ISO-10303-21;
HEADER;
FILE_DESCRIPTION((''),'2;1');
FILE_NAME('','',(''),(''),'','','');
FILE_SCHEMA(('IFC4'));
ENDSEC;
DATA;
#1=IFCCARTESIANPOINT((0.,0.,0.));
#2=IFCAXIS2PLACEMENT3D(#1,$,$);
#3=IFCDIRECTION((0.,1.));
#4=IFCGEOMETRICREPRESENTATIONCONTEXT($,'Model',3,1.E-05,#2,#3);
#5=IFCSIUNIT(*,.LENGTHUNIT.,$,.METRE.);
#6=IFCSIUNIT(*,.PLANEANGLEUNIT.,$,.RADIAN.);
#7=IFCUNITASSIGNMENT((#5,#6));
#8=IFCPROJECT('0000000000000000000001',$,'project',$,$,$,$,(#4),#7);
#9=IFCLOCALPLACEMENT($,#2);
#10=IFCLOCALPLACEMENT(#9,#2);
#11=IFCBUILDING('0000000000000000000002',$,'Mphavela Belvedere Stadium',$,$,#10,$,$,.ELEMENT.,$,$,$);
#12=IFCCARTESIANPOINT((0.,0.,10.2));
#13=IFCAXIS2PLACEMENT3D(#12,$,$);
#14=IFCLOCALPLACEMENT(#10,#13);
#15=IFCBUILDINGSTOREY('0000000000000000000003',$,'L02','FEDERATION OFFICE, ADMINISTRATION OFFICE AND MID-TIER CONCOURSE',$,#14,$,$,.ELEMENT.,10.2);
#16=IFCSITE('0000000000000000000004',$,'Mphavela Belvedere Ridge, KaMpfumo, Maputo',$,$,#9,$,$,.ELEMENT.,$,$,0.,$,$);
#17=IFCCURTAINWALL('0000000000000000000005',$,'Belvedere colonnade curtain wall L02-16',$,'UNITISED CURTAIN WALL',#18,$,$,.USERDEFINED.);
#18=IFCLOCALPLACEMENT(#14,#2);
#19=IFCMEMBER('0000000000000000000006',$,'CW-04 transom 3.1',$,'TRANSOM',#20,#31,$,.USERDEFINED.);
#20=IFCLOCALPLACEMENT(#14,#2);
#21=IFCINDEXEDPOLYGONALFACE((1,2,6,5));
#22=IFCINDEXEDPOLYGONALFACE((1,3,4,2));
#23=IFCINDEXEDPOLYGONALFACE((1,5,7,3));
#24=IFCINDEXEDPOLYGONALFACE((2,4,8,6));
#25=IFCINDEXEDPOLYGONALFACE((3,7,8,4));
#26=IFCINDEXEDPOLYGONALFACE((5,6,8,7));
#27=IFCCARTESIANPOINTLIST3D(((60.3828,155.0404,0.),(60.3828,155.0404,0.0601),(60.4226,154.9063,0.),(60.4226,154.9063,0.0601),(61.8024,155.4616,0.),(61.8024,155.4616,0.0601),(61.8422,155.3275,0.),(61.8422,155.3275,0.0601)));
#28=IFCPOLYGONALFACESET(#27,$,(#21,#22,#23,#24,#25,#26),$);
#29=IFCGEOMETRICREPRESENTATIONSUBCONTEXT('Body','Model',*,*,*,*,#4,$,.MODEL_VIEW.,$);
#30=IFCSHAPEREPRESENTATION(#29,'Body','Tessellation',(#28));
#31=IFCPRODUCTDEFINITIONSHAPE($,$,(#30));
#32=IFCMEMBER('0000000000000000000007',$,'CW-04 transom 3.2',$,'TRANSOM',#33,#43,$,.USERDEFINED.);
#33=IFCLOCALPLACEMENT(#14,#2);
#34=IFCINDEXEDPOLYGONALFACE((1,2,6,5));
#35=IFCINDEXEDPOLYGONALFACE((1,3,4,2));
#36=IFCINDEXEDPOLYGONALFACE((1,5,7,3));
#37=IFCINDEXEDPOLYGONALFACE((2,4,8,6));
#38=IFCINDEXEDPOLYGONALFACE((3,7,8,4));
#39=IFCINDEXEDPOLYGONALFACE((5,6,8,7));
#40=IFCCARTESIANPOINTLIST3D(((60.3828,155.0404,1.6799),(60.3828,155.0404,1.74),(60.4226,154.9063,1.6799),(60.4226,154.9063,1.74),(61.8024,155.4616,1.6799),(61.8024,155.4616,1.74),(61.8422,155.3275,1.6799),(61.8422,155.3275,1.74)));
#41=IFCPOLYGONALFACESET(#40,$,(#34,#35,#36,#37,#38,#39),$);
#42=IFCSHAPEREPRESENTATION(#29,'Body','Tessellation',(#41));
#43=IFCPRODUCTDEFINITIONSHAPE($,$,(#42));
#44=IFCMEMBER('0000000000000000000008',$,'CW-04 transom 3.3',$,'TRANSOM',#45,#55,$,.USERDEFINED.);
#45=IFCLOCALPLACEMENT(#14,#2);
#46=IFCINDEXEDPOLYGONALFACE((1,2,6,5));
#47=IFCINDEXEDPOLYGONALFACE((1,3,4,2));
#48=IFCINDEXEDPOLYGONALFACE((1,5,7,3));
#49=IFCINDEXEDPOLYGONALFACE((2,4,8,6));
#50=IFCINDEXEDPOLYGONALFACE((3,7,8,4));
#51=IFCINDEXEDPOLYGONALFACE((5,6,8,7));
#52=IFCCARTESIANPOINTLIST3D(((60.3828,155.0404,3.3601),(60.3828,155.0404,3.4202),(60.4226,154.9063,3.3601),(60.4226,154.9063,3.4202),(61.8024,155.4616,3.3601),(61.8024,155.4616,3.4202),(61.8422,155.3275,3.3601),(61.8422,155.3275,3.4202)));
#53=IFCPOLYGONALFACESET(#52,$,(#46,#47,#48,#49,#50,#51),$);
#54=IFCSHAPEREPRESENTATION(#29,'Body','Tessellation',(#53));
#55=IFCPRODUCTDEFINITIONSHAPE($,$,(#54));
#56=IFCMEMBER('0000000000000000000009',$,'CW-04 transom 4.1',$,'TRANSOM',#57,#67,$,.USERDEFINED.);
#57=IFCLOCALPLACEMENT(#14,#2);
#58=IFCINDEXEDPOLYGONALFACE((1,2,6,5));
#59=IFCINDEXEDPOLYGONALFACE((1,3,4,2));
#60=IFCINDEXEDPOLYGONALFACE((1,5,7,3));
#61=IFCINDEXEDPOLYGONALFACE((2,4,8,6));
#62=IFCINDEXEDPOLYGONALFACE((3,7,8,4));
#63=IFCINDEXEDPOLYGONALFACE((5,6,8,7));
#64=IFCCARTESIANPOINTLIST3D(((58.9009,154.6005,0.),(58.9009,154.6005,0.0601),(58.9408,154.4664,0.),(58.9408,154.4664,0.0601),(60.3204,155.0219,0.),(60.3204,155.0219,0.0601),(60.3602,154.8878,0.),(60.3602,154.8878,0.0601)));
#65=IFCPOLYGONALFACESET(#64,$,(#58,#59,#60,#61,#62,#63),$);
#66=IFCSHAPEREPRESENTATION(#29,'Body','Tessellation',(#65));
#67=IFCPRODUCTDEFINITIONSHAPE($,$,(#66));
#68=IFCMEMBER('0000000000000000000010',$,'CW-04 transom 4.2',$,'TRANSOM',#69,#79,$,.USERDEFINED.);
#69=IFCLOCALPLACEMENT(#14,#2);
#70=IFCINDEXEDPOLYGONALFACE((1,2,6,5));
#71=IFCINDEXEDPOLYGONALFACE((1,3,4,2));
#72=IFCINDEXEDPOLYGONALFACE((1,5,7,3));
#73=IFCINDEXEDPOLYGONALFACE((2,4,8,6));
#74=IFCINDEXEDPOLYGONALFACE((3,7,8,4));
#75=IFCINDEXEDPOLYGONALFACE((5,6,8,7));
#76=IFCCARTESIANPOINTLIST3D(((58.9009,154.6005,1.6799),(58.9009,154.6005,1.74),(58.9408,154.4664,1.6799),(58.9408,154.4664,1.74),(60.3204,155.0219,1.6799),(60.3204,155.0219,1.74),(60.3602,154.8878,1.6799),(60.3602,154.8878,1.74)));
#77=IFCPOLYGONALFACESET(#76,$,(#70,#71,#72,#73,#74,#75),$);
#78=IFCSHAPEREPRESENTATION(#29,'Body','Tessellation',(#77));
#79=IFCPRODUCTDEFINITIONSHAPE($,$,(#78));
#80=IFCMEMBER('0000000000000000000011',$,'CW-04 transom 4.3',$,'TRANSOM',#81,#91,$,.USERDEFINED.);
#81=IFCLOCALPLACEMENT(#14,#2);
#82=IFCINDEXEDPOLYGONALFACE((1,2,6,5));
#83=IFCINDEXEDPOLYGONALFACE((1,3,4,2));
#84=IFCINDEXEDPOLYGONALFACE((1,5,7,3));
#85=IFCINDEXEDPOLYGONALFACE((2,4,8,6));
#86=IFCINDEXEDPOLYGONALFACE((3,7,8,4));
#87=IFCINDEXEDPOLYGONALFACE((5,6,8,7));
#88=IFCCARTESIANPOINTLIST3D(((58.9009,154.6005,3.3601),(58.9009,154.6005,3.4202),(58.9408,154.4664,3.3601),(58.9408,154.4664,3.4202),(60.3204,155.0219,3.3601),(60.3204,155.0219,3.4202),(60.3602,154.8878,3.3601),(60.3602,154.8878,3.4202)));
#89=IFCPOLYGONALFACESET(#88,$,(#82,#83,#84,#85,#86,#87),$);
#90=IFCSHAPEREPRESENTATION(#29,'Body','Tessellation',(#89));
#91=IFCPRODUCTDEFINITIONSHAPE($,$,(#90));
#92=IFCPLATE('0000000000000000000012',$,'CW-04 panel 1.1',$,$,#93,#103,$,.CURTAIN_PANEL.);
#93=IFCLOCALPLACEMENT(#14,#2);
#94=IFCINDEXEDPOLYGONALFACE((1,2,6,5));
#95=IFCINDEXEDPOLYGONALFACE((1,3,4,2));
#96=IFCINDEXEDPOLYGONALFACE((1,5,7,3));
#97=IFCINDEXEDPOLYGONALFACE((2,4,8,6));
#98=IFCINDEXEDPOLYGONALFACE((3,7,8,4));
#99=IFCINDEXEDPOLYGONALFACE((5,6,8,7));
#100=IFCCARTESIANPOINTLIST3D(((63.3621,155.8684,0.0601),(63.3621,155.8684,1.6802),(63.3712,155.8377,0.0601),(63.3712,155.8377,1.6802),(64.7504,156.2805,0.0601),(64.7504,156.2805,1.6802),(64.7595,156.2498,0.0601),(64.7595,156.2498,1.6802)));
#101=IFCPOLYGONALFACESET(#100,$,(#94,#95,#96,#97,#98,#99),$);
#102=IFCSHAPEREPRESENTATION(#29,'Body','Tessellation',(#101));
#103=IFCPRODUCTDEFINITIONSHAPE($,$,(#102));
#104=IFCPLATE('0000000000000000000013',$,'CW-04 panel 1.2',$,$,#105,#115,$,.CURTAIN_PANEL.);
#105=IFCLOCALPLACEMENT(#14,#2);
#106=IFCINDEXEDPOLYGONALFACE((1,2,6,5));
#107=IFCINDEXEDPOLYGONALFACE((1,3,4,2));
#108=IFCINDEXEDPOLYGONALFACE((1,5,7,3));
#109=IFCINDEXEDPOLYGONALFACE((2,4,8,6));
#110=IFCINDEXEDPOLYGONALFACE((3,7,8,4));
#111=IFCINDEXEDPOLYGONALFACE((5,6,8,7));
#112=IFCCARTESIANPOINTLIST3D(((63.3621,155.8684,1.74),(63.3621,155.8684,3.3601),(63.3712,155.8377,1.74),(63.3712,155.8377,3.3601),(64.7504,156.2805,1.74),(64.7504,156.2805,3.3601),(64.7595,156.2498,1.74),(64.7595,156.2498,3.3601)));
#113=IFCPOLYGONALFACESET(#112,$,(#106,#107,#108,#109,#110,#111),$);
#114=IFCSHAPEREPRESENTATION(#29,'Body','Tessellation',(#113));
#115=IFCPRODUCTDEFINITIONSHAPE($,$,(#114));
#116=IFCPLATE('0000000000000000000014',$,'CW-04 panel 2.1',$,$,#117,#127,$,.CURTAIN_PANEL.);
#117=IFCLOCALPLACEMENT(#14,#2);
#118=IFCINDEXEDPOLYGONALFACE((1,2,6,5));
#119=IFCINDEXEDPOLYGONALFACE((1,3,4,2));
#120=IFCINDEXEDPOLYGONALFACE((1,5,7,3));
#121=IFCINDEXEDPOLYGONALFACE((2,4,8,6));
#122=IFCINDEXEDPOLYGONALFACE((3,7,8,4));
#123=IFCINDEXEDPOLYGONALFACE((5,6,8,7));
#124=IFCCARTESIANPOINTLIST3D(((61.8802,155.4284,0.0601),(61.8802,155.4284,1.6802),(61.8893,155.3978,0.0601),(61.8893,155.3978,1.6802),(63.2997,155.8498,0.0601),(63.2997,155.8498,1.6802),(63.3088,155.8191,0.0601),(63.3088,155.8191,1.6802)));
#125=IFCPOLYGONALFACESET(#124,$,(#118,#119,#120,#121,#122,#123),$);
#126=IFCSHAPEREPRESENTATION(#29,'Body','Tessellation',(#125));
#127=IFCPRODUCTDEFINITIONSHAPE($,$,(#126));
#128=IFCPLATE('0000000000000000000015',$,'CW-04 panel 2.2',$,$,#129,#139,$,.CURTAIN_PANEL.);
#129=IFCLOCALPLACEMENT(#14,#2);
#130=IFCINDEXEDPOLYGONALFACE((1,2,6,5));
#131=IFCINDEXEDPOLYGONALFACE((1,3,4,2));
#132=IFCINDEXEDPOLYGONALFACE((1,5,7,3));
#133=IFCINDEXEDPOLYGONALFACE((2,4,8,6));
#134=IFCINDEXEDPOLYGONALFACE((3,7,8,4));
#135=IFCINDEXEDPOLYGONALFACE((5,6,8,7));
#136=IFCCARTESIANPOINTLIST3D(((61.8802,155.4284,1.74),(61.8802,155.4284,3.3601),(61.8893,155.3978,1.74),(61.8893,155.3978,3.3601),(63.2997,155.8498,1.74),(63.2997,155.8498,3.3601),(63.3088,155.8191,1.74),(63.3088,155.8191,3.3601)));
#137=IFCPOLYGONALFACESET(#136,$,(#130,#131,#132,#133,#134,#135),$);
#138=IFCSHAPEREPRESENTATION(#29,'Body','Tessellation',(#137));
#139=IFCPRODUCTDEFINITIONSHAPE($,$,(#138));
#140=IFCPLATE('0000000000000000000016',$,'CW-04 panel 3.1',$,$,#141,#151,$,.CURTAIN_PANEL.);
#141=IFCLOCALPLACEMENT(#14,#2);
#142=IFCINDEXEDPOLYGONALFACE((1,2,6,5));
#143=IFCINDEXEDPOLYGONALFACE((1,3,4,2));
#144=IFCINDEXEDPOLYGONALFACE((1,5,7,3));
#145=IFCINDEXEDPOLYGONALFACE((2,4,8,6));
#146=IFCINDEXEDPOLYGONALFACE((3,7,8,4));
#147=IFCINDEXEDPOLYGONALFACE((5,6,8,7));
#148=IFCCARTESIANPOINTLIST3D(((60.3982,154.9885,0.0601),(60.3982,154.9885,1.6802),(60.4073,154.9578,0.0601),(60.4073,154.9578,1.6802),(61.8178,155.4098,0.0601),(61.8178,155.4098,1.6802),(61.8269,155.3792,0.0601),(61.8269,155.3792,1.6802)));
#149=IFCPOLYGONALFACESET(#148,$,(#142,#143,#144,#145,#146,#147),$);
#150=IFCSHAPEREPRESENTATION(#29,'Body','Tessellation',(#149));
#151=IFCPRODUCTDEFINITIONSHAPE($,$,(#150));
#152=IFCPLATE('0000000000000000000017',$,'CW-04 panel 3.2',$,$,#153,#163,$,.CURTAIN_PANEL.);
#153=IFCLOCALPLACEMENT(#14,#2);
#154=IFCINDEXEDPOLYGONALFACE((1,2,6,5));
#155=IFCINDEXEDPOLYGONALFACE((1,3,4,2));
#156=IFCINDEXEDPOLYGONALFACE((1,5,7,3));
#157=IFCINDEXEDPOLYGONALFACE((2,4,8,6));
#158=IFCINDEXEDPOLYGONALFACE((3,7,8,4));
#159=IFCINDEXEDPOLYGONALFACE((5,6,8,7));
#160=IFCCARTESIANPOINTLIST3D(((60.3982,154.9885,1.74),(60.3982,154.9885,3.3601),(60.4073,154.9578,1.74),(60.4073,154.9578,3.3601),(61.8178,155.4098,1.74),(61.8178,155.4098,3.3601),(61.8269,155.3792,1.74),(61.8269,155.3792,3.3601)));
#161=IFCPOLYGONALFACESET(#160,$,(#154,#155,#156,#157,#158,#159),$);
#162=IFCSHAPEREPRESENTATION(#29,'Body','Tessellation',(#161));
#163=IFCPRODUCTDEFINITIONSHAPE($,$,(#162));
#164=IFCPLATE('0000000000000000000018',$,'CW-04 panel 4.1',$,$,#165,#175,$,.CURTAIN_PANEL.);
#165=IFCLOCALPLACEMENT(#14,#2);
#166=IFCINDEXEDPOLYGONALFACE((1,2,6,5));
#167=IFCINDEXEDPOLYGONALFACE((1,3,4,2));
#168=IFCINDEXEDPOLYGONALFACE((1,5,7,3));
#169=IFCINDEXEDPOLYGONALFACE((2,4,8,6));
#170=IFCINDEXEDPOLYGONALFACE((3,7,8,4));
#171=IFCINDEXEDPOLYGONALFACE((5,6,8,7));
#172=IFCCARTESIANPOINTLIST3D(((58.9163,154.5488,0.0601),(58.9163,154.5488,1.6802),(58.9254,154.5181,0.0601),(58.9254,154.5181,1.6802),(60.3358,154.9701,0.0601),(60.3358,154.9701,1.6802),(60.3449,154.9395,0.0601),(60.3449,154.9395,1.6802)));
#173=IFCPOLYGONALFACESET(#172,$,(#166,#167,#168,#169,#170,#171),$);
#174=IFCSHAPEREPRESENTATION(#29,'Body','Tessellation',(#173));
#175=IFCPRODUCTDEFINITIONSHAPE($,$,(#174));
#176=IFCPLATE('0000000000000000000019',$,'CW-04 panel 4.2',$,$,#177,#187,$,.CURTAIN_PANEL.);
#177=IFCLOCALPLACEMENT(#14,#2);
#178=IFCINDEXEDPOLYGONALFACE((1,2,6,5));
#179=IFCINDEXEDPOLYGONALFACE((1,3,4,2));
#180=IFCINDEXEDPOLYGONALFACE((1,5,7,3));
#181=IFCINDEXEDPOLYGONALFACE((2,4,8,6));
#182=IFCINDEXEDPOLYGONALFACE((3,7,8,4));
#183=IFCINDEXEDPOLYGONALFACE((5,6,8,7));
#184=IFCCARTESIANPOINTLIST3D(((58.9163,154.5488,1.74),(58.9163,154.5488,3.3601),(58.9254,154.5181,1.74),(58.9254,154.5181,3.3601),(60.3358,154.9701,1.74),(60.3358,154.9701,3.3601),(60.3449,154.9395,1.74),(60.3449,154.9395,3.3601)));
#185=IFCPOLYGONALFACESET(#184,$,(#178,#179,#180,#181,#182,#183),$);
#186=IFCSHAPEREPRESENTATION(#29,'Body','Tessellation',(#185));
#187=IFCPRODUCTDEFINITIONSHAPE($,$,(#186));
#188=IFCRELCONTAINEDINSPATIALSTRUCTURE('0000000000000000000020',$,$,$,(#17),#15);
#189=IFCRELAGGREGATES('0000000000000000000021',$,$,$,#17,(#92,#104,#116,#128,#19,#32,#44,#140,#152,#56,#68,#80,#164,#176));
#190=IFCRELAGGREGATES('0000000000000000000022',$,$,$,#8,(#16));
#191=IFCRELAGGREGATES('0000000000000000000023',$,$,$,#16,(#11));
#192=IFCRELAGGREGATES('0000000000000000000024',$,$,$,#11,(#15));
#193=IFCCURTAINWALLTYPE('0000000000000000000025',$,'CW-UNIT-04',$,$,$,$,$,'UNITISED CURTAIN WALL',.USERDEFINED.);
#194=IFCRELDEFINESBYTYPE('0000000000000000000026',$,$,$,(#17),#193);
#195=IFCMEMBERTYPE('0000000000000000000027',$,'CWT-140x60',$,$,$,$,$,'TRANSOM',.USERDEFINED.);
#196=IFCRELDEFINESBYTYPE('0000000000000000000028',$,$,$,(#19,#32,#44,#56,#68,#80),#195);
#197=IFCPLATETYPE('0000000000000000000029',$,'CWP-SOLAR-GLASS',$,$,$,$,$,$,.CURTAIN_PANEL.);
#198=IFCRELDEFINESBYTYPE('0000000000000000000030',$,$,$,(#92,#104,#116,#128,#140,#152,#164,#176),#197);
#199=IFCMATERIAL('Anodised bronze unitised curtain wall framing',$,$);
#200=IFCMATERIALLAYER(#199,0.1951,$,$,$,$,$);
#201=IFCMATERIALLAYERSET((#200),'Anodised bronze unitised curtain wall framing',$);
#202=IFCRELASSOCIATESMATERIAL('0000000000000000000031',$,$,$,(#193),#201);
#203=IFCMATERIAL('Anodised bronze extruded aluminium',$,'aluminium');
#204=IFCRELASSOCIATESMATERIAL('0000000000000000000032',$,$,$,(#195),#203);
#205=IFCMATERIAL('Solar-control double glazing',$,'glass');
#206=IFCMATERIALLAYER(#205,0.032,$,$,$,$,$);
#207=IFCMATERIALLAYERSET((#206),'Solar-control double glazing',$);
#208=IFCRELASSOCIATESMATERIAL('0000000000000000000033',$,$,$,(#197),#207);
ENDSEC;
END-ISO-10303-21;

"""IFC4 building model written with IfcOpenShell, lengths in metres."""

from ifc_helpers import new_model, si_unit, direction, frame, origin, origin_2d, place, context, subcontext, project, spatial, rectangle, extrude, material, layer, layer_set, material_profile, profile_set, type_object, element, aggregate, save


model = new_model("IFC4")

# Units and contexts
model_context = context("Model", 3, precision=1e-05, world=origin(), true_north=direction((0.0, 1.0)))
body_context = subcontext(model_context, "Body", "Model", "MODEL_VIEW")
ifc_project = project(units=[si_unit("LENGTHUNIT", "METRE"), si_unit("PLANEANGLEUNIT", "RADIAN")], contexts=[model_context])

# Site, building, storey
site_placement = place(None, origin())
site = spatial("IfcSite", under=ifc_project, at=site_placement, Name="Mphavela Belvedere Ridge, KaMpfumo, Maputo", CompositionType="ELEMENT", RefElevation=0.0)
building_placement = place(site_placement, origin())
building = spatial("IfcBuilding", under=site, at=building_placement, Name="Mphavela Belvedere Stadium", CompositionType="ELEMENT")
storey_placement = place(building_placement, frame((0.0, 0.0, 10.2)))
storey = spatial("IfcBuildingStorey", under=building, at=storey_placement, Name="L02", Description="FEDERATION OFFICE, ADMINISTRATION OFFICE AND MID-TIER CONCOURSE", CompositionType="ELEMENT", Elevation=10.2)

# Curtain wall, members, plates
ifc_material_1 = material(Name="Anodised bronze unitised curtain wall framing")
ifc_layer_1 = layer(ifc_material_1, 0.1951)
ifc_layer_set_1 = layer_set([ifc_layer_1], Name="Anodised bronze unitised curtain wall framing")
curtain_wall_type = type_object("IfcCurtainWallType", Name="CW-UNIT-04", ElementType="UNITISED CURTAIN WALL", PredefinedType="USERDEFINED", material=ifc_layer_set_1)
curtain_wall_placement = place(storey_placement, origin())
curtain_wall = element("IfcCurtainWall", 1, at=curtain_wall_placement, inside=storey, type_object=curtain_wall_type, Name="Belvedere colonnade curtain wall L02-16", ObjectType="UNITISED CURTAIN WALL", PredefinedType="USERDEFINED")
ifc_material_2 = material(Name="Anodised bronze extruded aluminium", Category="aluminium")
ifc_material_profile_1 = material_profile(ifc_material_2, rectangle(XDim=0.1399, YDim=0.0601, at=origin_2d()), Name="CW-TRN 140x60")
ifc_profile_set_1 = profile_set([ifc_material_profile_1], Name="Anodised bronze extruded aluminium")
member_type_1 = type_object("IfcMemberType", Name="CWT-140x60", ElementType="TRANSOM", PredefinedType="USERDEFINED", material=ifc_profile_set_1)
member_1_placement = place(storey_placement, frame((61.8223, 155.3945, 0.03), z_axis=(-0.958693, -0.284442, 0.0), x_axis=(0.284442, -0.958693, 0.0)))
member_1 = element("IfcMember", 2, at=member_1_placement, type_object=member_type_1, Name="CW-04 transom 3.1", ObjectType="TRANSOM", PredefinedType="USERDEFINED", context=body_context, shape_type="SweptSolid", body=[
    extrude(rectangle(XDim=0.1399, YDim=0.0601, at=origin_2d()), origin(), (0.0, 0.0, 1.0), 1.4807),
])
member_2_placement = place(storey_placement, frame((61.8223, 155.3945, 1.71), z_axis=(-0.958693, -0.284442, 0.0), x_axis=(0.284442, -0.958693, 0.0)))
member_2 = element("IfcMember", 3, at=member_2_placement, type_object=member_type_1, Name="CW-04 transom 3.2", ObjectType="TRANSOM", PredefinedType="USERDEFINED", context=body_context, shape_type="SweptSolid", body=[
    extrude(rectangle(XDim=0.1399, YDim=0.0601, at=origin_2d()), origin(), (0.0, 0.0, 1.0), 1.4807),
])
member_3_placement = place(storey_placement, frame((61.8223, 155.3945, 3.3901), z_axis=(-0.958693, -0.284442, 0.0), x_axis=(0.284442, -0.958693, 0.0)))
member_3 = element("IfcMember", 4, at=member_3_placement, type_object=member_type_1, Name="CW-04 transom 3.3", ObjectType="TRANSOM", PredefinedType="USERDEFINED", context=body_context, shape_type="SweptSolid", body=[
    extrude(rectangle(XDim=0.1399, YDim=0.0601, at=origin_2d()), origin(), (0.0, 0.0, 1.0), 1.4807),
])
member_4_placement = place(storey_placement, frame((60.3403, 154.9548, 0.03), z_axis=(-0.958648, -0.284594, 0.0), x_axis=(0.284594, -0.958648, 0.0)))
member_4 = element("IfcMember", 5, at=member_4_placement, type_object=member_type_1, Name="CW-04 transom 4.1", ObjectType="TRANSOM", PredefinedType="USERDEFINED", context=body_context, shape_type="SweptSolid", body=[
    extrude(rectangle(XDim=0.1399, YDim=0.0601, at=origin_2d()), origin(), (0.0, 0.0, 1.0), 1.4807),
])
member_5_placement = place(storey_placement, frame((60.3403, 154.9548, 1.71), z_axis=(-0.958648, -0.284594, 0.0), x_axis=(0.284594, -0.958648, 0.0)))
member_5 = element("IfcMember", 6, at=member_5_placement, type_object=member_type_1, Name="CW-04 transom 4.2", ObjectType="TRANSOM", PredefinedType="USERDEFINED", context=body_context, shape_type="SweptSolid", body=[
    extrude(rectangle(XDim=0.1399, YDim=0.0601, at=origin_2d()), origin(), (0.0, 0.0, 1.0), 1.4807),
])
member_6_placement = place(storey_placement, frame((60.3403, 154.9548, 3.3901), z_axis=(-0.958648, -0.284594, 0.0), x_axis=(0.284594, -0.958648, 0.0)))
member_6 = element("IfcMember", 7, at=member_6_placement, type_object=member_type_1, Name="CW-04 transom 4.3", ObjectType="TRANSOM", PredefinedType="USERDEFINED", context=body_context, shape_type="SweptSolid", body=[
    extrude(rectangle(XDim=0.1399, YDim=0.0601, at=origin_2d()), origin(), (0.0, 0.0, 1.0), 1.4807),
])
ifc_material_3 = material(Name="Solar-control double glazing", Category="glass")
ifc_layer_2 = layer(ifc_material_3, 0.032)
ifc_layer_set_2 = layer_set([ifc_layer_2], Name="Solar-control double glazing")
plate_type = type_object("IfcPlateType", Name="CWP-SOLAR-GLASS", PredefinedType="CURTAIN_PANEL", material=ifc_layer_set_2)
plate_1_placement = place(storey_placement, frame((64.0608, 156.0591, 0.0601), z_axis=(0.0, 0.0, 1.0), x_axis=(-0.958662, -0.284547, 0.0)))
plate_1 = element("IfcPlate", 8, at=plate_1_placement, type_object=plate_type, Name="CW-04 panel 1.1", PredefinedType="CURTAIN_PANEL", context=body_context, shape_type="SweptSolid", body=[
    extrude(rectangle(XDim=1.4482, YDim=0.032, at=origin_2d()), origin(), (0.0, 0.0, 1.0), 1.6201),
])
plate_2_placement = place(storey_placement, frame((64.0608, 156.0591, 1.74), z_axis=(0.0, 0.0, 1.0), x_axis=(-0.958662, -0.284547, 0.0)))
plate_2 = element("IfcPlate", 9, at=plate_2_placement, type_object=plate_type, Name="CW-04 panel 1.2", PredefinedType="CURTAIN_PANEL", context=body_context, shape_type="SweptSolid", body=[
    extrude(rectangle(XDim=1.4482, YDim=0.032, at=origin_2d()), origin(), (0.0, 0.0, 1.0), 1.6201),
])
plate_3_placement = place(storey_placement, frame((62.5945, 155.6238, 0.0601), z_axis=(0.0, 0.0, 1.0), x_axis=(-0.958662, -0.284547, 0.0)))
plate_3 = element("IfcPlate", 10, at=plate_3_placement, type_object=plate_type, Name="CW-04 panel 2.1", PredefinedType="CURTAIN_PANEL", context=body_context, shape_type="SweptSolid", body=[
    extrude(rectangle(XDim=1.4807, YDim=0.032, at=origin_2d()), origin(), (0.0, 0.0, 1.0), 1.6201),
])
plate_4_placement = place(storey_placement, frame((62.5945, 155.6238, 1.74), z_axis=(0.0, 0.0, 1.0), x_axis=(-0.958662, -0.284547, 0.0)))
plate_4 = element("IfcPlate", 11, at=plate_4_placement, type_object=plate_type, Name="CW-04 panel 2.2", PredefinedType="CURTAIN_PANEL", context=body_context, shape_type="SweptSolid", body=[
    extrude(rectangle(XDim=1.4807, YDim=0.032, at=origin_2d()), origin(), (0.0, 0.0, 1.0), 1.6201),
])
plate_5_placement = place(storey_placement, frame((61.1125, 155.1838, 0.0601), z_axis=(0.0, 0.0, 1.0), x_axis=(-0.958662, -0.284547, 0.0)))
plate_5 = element("IfcPlate", 12, at=plate_5_placement, type_object=plate_type, Name="CW-04 panel 3.1", PredefinedType="CURTAIN_PANEL", context=body_context, shape_type="SweptSolid", body=[
    extrude(rectangle(XDim=1.4807, YDim=0.032, at=origin_2d()), origin(), (0.0, 0.0, 1.0), 1.6201),
])
plate_6_placement = place(storey_placement, frame((61.1125, 155.1838, 1.74), z_axis=(0.0, 0.0, 1.0), x_axis=(-0.958662, -0.284547, 0.0)))
plate_6 = element("IfcPlate", 13, at=plate_6_placement, type_object=plate_type, Name="CW-04 panel 3.2", PredefinedType="CURTAIN_PANEL", context=body_context, shape_type="SweptSolid", body=[
    extrude(rectangle(XDim=1.4807, YDim=0.032, at=origin_2d()), origin(), (0.0, 0.0, 1.0), 1.6201),
])
plate_7_placement = place(storey_placement, frame((59.6306, 154.7441, 0.0601), z_axis=(0.0, 0.0, 1.0), x_axis=(-0.958662, -0.284547, 0.0)))
plate_7 = element("IfcPlate", 14, at=plate_7_placement, type_object=plate_type, Name="CW-04 panel 4.1", PredefinedType="CURTAIN_PANEL", context=body_context, shape_type="SweptSolid", body=[
    extrude(rectangle(XDim=1.4807, YDim=0.032, at=origin_2d()), origin(), (0.0, 0.0, 1.0), 1.6201),
])
plate_8_placement = place(storey_placement, frame((59.6306, 154.7441, 1.74), z_axis=(0.0, 0.0, 1.0), x_axis=(-0.958662, -0.284547, 0.0)))
plate_8 = element("IfcPlate", 15, at=plate_8_placement, type_object=plate_type, Name="CW-04 panel 4.2", PredefinedType="CURTAIN_PANEL", context=body_context, shape_type="SweptSolid", body=[
    extrude(rectangle(XDim=1.4807, YDim=0.032, at=origin_2d()), origin(), (0.0, 0.0, 1.0), 1.6201),
])
aggregate(curtain_wall, [plate_1, plate_2, plate_3, plate_4, member_1, member_2, member_3, plate_5, plate_6, member_4, member_5, member_6, plate_7, plate_8])

save(model, "model.ifc")
